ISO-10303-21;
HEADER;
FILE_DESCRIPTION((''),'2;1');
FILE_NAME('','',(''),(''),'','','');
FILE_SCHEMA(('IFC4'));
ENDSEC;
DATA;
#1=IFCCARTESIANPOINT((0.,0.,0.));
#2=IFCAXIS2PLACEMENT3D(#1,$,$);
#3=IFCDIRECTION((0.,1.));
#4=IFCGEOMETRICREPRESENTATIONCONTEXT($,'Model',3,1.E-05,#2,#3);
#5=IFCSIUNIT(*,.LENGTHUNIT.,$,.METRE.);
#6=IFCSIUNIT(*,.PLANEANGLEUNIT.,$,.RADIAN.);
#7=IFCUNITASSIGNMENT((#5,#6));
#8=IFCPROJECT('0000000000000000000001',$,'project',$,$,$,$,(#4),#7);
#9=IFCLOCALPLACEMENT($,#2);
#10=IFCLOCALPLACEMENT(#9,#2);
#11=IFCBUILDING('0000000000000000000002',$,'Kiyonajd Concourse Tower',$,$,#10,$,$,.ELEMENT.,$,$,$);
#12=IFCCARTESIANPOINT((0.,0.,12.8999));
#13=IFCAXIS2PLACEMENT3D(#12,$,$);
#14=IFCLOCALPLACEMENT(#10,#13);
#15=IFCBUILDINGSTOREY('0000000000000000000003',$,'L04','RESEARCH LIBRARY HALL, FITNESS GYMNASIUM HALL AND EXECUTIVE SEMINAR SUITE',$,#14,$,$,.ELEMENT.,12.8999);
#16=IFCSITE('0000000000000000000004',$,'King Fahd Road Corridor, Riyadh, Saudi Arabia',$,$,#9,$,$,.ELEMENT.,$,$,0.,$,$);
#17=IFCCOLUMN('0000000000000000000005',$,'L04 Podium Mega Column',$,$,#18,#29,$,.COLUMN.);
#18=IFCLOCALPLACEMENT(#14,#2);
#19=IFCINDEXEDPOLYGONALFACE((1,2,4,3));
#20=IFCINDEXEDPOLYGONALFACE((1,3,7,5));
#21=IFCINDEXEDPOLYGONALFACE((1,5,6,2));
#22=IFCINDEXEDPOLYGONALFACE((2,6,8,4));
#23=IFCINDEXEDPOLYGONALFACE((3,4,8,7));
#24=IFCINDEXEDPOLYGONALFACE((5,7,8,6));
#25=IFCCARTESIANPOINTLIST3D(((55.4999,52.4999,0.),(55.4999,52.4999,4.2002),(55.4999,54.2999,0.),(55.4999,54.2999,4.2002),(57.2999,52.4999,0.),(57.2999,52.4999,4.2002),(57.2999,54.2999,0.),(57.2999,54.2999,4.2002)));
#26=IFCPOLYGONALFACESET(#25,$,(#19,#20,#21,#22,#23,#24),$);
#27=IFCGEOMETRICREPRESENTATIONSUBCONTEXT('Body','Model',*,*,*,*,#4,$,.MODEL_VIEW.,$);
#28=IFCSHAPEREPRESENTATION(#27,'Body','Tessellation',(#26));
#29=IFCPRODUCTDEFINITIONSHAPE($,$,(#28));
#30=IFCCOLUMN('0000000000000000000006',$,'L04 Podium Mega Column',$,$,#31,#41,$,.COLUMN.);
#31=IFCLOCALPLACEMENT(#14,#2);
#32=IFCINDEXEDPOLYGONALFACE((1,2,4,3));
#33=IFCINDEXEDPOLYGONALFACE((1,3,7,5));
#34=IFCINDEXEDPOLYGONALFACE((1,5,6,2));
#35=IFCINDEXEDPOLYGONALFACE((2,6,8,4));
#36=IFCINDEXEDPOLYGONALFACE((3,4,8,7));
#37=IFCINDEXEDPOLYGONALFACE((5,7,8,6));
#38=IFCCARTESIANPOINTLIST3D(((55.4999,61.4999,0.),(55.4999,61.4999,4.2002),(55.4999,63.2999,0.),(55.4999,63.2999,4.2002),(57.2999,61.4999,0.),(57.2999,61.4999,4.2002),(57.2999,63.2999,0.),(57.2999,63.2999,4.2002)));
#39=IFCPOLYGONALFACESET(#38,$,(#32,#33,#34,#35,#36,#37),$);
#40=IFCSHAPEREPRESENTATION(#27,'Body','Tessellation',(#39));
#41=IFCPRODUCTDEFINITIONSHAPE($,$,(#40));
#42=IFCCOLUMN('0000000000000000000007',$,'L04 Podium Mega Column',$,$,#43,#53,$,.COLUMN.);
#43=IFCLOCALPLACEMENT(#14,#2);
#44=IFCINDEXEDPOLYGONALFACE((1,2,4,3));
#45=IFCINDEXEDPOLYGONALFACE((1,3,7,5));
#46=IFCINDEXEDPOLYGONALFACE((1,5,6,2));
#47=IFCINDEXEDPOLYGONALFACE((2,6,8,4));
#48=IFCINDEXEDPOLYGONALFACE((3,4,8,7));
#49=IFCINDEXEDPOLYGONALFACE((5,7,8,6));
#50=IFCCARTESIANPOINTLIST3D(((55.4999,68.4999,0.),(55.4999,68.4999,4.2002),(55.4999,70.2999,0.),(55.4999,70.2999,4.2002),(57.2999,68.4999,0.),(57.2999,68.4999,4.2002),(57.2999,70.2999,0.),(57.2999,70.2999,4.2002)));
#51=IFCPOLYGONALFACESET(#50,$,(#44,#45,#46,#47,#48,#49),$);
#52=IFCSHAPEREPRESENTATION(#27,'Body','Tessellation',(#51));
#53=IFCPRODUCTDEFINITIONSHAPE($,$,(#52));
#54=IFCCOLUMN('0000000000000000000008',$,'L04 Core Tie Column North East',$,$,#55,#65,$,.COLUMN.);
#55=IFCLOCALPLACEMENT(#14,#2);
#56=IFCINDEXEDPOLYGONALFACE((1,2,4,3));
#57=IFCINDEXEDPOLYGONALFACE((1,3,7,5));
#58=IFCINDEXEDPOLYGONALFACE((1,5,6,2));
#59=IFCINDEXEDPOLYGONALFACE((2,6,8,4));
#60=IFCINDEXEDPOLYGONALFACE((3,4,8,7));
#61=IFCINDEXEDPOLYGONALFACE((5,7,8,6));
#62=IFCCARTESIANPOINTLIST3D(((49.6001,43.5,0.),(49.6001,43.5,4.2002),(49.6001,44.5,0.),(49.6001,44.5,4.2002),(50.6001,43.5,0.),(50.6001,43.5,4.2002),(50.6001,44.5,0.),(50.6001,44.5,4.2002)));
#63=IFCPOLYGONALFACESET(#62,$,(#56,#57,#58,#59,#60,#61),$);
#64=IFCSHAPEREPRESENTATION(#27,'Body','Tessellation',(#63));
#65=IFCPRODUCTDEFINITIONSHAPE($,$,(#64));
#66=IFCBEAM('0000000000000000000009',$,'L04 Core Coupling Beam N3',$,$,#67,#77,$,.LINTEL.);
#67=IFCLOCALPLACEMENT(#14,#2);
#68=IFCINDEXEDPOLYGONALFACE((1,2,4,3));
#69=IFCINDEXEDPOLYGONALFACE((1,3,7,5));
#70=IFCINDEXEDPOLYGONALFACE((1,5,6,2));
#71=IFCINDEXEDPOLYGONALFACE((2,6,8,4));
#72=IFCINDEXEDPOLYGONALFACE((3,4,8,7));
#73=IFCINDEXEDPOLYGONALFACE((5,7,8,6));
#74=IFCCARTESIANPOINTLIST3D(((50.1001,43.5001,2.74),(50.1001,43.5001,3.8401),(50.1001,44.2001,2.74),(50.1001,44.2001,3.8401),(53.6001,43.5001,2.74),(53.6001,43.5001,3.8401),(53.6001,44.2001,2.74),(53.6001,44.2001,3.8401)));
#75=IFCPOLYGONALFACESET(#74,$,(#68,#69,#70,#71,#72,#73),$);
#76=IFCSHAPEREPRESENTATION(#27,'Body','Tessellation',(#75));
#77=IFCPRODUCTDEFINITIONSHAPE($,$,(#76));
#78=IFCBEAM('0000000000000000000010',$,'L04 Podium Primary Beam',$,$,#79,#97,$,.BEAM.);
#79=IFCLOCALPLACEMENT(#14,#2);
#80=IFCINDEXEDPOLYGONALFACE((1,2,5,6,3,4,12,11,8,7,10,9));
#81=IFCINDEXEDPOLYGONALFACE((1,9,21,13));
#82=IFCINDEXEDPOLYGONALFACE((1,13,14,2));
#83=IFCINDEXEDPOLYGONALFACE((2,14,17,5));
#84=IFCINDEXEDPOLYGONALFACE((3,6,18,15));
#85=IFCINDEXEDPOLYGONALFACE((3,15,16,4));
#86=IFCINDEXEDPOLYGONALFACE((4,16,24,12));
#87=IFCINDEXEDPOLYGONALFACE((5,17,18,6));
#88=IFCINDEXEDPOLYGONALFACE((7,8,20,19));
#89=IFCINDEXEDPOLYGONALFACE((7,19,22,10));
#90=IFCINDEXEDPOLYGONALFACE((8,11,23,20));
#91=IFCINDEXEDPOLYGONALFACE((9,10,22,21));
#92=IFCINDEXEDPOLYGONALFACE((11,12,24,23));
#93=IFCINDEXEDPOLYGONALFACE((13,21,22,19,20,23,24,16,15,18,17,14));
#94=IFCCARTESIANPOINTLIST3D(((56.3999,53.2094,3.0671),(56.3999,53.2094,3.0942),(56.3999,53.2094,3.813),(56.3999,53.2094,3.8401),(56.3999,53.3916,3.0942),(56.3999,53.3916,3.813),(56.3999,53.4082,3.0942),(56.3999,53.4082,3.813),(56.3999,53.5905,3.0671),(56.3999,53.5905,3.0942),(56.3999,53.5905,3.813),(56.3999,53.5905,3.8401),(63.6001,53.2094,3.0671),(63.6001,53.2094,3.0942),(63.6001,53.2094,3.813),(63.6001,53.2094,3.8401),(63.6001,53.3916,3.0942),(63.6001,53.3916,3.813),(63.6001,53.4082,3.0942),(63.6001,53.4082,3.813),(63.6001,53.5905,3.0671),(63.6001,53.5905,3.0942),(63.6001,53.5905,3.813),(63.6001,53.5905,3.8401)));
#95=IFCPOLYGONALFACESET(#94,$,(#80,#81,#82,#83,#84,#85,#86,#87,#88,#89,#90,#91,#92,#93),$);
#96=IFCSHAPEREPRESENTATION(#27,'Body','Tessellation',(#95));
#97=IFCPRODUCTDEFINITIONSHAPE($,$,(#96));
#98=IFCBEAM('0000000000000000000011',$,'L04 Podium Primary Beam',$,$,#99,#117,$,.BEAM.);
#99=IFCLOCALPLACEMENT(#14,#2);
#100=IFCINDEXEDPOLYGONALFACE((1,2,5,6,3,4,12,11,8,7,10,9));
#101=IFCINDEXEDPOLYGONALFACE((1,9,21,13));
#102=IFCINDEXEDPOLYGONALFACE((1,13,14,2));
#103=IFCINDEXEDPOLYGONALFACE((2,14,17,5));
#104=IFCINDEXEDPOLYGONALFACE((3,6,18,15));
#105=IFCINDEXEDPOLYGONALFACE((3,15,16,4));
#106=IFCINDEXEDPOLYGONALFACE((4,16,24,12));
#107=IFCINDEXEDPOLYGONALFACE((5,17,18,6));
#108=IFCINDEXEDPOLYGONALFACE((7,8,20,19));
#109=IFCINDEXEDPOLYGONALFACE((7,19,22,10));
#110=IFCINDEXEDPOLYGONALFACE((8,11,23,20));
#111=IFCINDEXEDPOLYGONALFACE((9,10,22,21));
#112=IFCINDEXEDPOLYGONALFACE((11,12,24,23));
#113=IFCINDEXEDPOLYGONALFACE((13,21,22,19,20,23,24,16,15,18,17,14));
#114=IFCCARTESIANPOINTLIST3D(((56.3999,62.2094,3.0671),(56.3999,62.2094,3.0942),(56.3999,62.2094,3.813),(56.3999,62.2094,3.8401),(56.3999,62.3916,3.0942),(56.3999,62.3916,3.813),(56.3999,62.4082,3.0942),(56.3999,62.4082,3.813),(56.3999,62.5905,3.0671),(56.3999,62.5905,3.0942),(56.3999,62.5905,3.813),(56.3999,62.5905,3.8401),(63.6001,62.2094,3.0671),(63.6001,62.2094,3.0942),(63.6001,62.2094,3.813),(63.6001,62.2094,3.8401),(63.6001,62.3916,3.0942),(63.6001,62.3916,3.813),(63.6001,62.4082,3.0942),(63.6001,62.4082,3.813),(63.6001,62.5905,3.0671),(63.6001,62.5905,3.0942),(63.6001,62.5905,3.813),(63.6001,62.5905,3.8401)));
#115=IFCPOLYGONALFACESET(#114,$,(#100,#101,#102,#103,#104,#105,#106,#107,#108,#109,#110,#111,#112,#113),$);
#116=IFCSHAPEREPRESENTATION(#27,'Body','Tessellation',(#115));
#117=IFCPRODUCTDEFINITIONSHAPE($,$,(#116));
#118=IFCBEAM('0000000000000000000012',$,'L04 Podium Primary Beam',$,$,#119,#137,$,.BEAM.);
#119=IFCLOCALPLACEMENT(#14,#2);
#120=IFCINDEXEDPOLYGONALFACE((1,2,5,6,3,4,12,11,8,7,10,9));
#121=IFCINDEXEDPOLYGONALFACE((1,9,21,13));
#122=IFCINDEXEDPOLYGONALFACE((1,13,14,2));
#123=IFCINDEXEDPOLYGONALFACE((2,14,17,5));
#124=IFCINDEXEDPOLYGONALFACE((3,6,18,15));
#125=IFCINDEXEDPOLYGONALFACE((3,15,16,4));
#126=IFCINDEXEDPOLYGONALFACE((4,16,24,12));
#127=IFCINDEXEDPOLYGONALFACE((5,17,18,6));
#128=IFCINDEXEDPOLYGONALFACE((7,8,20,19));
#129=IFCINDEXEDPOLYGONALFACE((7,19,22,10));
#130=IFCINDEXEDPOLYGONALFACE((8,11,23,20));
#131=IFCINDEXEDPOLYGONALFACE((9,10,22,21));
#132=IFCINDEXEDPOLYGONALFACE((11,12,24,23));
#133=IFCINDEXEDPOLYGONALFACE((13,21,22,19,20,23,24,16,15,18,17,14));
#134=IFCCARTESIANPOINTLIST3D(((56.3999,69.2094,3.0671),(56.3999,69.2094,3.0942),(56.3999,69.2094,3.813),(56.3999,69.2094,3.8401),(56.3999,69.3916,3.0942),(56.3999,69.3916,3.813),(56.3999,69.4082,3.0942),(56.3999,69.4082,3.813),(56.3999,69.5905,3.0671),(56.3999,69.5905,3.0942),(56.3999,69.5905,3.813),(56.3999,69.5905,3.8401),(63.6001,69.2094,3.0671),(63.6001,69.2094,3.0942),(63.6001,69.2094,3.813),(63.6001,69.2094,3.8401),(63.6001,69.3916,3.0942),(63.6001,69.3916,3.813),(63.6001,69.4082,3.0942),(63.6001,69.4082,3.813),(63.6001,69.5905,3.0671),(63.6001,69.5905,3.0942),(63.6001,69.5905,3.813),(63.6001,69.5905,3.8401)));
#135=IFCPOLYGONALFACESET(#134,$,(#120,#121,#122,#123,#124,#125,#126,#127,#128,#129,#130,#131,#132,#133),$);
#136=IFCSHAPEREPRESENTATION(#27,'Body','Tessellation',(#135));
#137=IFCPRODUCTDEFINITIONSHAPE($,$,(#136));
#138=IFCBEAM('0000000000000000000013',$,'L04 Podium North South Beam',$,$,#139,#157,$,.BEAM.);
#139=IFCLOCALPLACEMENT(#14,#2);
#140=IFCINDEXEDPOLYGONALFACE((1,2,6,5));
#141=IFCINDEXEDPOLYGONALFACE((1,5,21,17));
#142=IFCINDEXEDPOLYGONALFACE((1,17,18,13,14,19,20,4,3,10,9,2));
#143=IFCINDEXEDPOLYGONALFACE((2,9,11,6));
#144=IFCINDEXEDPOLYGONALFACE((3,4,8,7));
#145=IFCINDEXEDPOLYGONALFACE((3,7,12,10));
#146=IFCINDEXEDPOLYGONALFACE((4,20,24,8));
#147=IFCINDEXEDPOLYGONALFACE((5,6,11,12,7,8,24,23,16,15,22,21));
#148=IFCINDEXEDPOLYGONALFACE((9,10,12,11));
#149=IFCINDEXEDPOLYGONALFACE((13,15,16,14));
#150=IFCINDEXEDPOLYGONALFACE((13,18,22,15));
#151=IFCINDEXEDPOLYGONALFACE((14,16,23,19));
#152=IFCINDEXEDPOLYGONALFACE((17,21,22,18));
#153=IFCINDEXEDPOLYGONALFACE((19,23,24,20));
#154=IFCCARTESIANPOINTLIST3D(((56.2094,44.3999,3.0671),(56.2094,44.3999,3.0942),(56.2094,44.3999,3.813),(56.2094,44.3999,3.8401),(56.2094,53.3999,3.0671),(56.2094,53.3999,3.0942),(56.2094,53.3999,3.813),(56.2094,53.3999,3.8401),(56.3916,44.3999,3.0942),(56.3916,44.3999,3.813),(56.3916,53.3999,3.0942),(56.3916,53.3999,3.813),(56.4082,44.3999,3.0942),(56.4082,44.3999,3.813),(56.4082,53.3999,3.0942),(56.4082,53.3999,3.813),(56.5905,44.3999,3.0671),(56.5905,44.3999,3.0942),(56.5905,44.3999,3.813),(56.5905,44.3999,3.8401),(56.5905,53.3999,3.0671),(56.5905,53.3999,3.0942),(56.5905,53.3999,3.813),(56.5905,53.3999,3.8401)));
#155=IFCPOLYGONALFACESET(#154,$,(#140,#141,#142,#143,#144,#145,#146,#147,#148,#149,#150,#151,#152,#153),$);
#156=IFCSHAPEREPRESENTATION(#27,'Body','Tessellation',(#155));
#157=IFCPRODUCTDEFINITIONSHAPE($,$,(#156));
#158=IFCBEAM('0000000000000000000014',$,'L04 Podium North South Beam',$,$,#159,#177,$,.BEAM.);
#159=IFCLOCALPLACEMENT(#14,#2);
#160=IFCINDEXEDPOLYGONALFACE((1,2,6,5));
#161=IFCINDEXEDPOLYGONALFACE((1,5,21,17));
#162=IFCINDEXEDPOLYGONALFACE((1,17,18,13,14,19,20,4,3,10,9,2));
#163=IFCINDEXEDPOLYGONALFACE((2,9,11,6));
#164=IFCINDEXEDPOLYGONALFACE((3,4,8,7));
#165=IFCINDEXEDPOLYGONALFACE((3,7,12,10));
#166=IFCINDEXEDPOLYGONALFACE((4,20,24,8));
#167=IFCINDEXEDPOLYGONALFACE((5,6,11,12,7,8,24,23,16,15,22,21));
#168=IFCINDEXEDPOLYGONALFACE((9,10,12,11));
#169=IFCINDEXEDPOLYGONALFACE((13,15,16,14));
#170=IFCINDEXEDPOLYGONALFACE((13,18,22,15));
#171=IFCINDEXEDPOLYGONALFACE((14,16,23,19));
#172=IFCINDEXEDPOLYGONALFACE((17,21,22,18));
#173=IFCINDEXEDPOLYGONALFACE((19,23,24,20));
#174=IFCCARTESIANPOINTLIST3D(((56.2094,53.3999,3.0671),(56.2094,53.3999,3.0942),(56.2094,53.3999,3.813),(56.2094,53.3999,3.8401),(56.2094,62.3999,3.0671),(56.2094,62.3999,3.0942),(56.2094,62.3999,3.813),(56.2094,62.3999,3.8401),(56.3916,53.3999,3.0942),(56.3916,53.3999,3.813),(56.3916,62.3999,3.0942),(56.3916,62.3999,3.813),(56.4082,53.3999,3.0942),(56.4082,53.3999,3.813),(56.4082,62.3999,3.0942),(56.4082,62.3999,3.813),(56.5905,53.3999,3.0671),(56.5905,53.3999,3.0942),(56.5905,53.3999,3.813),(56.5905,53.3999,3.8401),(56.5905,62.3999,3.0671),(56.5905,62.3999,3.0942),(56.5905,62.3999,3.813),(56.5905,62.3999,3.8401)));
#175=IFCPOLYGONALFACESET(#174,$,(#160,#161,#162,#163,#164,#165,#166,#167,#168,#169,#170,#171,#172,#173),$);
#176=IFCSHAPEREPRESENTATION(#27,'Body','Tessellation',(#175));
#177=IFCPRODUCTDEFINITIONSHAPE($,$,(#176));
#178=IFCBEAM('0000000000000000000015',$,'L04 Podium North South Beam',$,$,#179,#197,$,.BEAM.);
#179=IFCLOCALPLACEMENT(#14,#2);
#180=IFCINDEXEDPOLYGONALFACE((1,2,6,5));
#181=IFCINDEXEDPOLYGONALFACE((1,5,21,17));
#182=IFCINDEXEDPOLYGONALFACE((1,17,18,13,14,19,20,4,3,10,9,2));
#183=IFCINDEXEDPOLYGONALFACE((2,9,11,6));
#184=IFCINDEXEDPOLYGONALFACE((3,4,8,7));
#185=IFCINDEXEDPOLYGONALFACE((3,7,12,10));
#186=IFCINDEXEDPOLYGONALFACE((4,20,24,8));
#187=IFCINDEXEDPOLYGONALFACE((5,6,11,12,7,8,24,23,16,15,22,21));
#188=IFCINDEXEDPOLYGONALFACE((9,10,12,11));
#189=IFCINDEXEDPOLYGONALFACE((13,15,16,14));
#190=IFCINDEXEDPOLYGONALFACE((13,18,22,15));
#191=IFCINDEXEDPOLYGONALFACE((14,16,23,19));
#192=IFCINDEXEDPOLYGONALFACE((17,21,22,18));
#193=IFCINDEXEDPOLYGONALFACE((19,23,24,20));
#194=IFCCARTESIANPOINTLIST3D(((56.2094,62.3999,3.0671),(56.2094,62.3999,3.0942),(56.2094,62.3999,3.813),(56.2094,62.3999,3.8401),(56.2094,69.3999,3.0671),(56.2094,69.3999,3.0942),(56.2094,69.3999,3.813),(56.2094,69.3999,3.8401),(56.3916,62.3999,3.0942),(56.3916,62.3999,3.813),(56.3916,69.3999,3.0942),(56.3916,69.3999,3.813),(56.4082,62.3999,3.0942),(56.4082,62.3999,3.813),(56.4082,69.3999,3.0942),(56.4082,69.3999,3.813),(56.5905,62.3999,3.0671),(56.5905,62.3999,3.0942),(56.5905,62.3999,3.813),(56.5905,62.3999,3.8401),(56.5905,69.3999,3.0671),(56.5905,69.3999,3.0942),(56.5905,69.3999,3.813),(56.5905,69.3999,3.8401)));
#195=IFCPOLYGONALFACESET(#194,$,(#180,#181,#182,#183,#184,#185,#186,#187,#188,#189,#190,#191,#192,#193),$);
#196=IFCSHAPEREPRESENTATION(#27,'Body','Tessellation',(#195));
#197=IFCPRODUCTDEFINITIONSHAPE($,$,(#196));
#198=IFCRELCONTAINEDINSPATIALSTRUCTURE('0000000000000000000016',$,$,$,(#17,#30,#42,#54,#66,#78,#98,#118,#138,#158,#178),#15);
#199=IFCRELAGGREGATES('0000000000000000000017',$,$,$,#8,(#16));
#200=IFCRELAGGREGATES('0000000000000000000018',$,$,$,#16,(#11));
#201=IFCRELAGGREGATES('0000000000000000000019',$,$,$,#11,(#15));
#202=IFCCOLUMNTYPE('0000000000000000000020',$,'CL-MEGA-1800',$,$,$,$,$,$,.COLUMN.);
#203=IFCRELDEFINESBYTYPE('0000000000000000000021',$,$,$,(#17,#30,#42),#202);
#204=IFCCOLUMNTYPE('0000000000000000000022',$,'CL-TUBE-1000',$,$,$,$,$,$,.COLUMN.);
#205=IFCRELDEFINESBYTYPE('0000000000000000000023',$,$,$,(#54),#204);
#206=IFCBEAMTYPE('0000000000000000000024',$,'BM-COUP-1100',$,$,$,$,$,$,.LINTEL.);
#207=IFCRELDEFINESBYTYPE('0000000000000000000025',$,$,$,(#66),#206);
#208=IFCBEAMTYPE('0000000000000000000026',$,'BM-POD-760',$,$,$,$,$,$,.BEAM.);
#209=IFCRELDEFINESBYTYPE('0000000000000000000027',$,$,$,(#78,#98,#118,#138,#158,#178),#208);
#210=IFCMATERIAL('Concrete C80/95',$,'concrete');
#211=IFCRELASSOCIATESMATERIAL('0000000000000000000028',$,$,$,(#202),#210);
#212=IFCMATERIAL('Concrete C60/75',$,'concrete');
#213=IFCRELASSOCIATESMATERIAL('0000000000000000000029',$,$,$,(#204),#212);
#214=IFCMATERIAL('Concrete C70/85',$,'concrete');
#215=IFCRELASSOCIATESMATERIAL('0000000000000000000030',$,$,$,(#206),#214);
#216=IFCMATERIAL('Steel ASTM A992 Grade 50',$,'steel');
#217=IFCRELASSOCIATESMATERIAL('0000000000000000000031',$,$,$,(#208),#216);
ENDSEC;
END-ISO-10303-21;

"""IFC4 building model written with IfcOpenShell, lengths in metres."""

from ifc_helpers import new_model, si_unit, direction, frame, origin, origin_2d, place, context, subcontext, project, spatial, rectangle, i_section, extrude, material, material_profile, profile_set, type_object, element, save


model = new_model("IFC4")

# Units and contexts
model_context = context("Model", 3, precision=1e-05, world=origin(), true_north=direction((0.0, 1.0)))
body_context = subcontext(model_context, "Body", "Model", "MODEL_VIEW")
ifc_project = project(units=[si_unit("LENGTHUNIT", "METRE"), si_unit("PLANEANGLEUNIT", "RADIAN")], contexts=[model_context])

# Site, building, storey
site_placement = place(None, origin())
site = spatial("IfcSite", under=ifc_project, at=site_placement, Name="King Fahd Road Corridor, Riyadh, Saudi Arabia", CompositionType="ELEMENT", RefElevation=0.0)
building_placement = place(site_placement, origin())
building = spatial("IfcBuilding", under=site, at=building_placement, Name="Kiyonajd Concourse Tower", CompositionType="ELEMENT")
storey_placement = place(building_placement, frame((0.0, 0.0, 12.8999)))
storey = spatial("IfcBuildingStorey", under=building, at=storey_placement, Name="L04", Description="RESEARCH LIBRARY HALL, FITNESS GYMNASIUM HALL AND EXECUTIVE SEMINAR SUITE", CompositionType="ELEMENT", Elevation=12.8999)

# Columns
ifc_material_1 = material(Name="Concrete C80/95", Category="concrete")
ifc_material_profile_1 = material_profile(ifc_material_1, rectangle(XDim=1.8, YDim=1.8, at=origin_2d()), Name="RC-1800x1800")
ifc_profile_set_1 = profile_set([ifc_material_profile_1], Name="Concrete C80/95")
column_type_1 = type_object("IfcColumnType", Name="CL-MEGA-1800", PredefinedType="COLUMN", material=ifc_profile_set_1)
for number, where, z_axis, x_axis, name in (
    (1, (56.3999, 53.3999, 0.0), (0.0, 0.0, 1.0), (1.0, 0.0, 0.0), "L04 Podium Mega Column"),
    (2, (56.3999, 62.3999, 0.0), (0.0, 0.0, 1.0), (1.0, 0.0, 0.0), "L04 Podium Mega Column"),
    (3, (56.3999, 69.3999, 0.0), (0.0, 0.0, 1.0), (1.0, 0.0, 0.0), "L04 Podium Mega Column"),
):
    element("IfcColumn", number, at=place(storey_placement, frame(where, z_axis=z_axis, x_axis=x_axis)), inside=storey, type_object=column_type_1, Name=name, PredefinedType="COLUMN", context=body_context, shape_type="SweptSolid", body=[
        extrude(rectangle(XDim=1.8, YDim=1.8, at=origin_2d()), origin(), (0.0, 0.0, 1.0), 4.2002),
    ])
ifc_material_2 = material(Name="Concrete C60/75", Category="concrete")
ifc_material_profile_2 = material_profile(ifc_material_2, rectangle(XDim=1.0, YDim=1.0, at=origin_2d()), Name="RC-1000x1000")
ifc_profile_set_2 = profile_set([ifc_material_profile_2], Name="Concrete C60/75")
column_type_2 = type_object("IfcColumnType", Name="CL-TUBE-1000", PredefinedType="COLUMN", material=ifc_profile_set_2)
column_placement = place(storey_placement, frame((50.1001, 44.0, 0.0), z_axis=(0.0, 0.0, 1.0), x_axis=(1.0, 0.0, 0.0)))
element("IfcColumn", 4, at=column_placement, inside=storey, type_object=column_type_2, Name="L04 Core Tie Column North East", PredefinedType="COLUMN", context=body_context, shape_type="SweptSolid", body=[
    extrude(rectangle(XDim=1.0, YDim=1.0, at=origin_2d()), origin(), (0.0, 0.0, 1.0), 4.2002),
])

# Beams
ifc_material_3 = material(Name="Concrete C70/85", Category="concrete")
ifc_material_profile_3 = material_profile(ifc_material_3, rectangle(XDim=0.7, YDim=1.1001, at=origin_2d()), Name="RCBM-700x1100")
ifc_profile_set_3 = profile_set([ifc_material_profile_3], Name="Concrete C70/85")
beam_type_1 = type_object("IfcBeamType", Name="BM-COUP-1100", PredefinedType="LINTEL", material=ifc_profile_set_3)
beam_1_placement = place(storey_placement, frame((50.1001, 43.8501, 3.29), z_axis=(1.0, 0.0, 0.0), x_axis=(0.0, 1.0, 0.0)))
element("IfcBeam", 5, at=beam_1_placement, inside=storey, type_object=beam_type_1, Name="L04 Core Coupling Beam N3", PredefinedType="LINTEL", context=body_context, shape_type="SweptSolid", body=[
    extrude(rectangle(XDim=0.7, YDim=1.1001, at=origin_2d()), origin(), (0.0, 0.0, 1.0), 3.5),
])
ifc_material_4 = material(Name="Steel ASTM A992 Grade 50", Category="steel")
ifc_material_profile_4 = material_profile(ifc_material_4, i_section(OverallWidth=0.3811, OverallDepth=0.7729, WebThickness=0.0166, FlangeThickness=0.0271, at=origin_2d()), Name="W760X257")
ifc_profile_set_4 = profile_set([ifc_material_profile_4], Name="Steel ASTM A992 Grade 50")
beam_type_2 = type_object("IfcBeamType", Name="BM-POD-760", PredefinedType="BEAM", material=ifc_profile_set_4)
for number, where, z_axis, x_axis, name in (
    (6, (56.3999, 53.3999, 3.4536), (1.0, 0.0, 0.0), (0.0, 1.0, 0.0), "L04 Podium Primary Beam"),
    (7, (56.3999, 62.3999, 3.4536), (1.0, 0.0, 0.0), (0.0, 1.0, 0.0), "L04 Podium Primary Beam"),
    (8, (56.3999, 69.3999, 3.4536), (1.0, 0.0, 0.0), (0.0, 1.0, 0.0), "L04 Podium Primary Beam"),
):
    element("IfcBeam", number, at=place(storey_placement, frame(where, z_axis=z_axis, x_axis=x_axis)), inside=storey, type_object=beam_type_2, Name=name, PredefinedType="BEAM", context=body_context, shape_type="SweptSolid", body=[
        extrude(i_section(OverallWidth=0.3811, OverallDepth=0.7729, WebThickness=0.0166, FlangeThickness=0.0271, at=origin_2d()), origin(), (0.0, 0.0, 1.0), 7.2002),
    ])
for number, where, z_axis, x_axis, name in (
    (9, (56.3999, 44.3999, 3.4536), (0.0, 1.0, 0.0), (-1.0, 0.0, 0.0), "L04 Podium North South Beam"),
    (10, (56.3999, 53.3999, 3.4536), (0.0, 1.0, 0.0), (-1.0, 0.0, 0.0), "L04 Podium North South Beam"),
):
    element("IfcBeam", number, at=place(storey_placement, frame(where, z_axis=z_axis, x_axis=x_axis)), inside=storey, type_object=beam_type_2, Name=name, PredefinedType="BEAM", context=body_context, shape_type="SweptSolid", body=[
        extrude(i_section(OverallWidth=0.3811, OverallDepth=0.7729, WebThickness=0.0166, FlangeThickness=0.0271, at=origin_2d()), origin(), (0.0, 0.0, 1.0), 9.0),
    ])
beam_2_placement = place(storey_placement, frame((56.3999, 62.3999, 3.4536), z_axis=(0.0, 1.0, 0.0), x_axis=(-1.0, 0.0, 0.0)))
element("IfcBeam", 11, at=beam_2_placement, inside=storey, type_object=beam_type_2, Name="L04 Podium North South Beam", PredefinedType="BEAM", context=body_context, shape_type="SweptSolid", body=[
    extrude(i_section(OverallWidth=0.3811, OverallDepth=0.7729, WebThickness=0.0166, FlangeThickness=0.0271, at=origin_2d()), origin(), (0.0, 0.0, 1.0), 7.0),
])

save(model, "model.ifc")
